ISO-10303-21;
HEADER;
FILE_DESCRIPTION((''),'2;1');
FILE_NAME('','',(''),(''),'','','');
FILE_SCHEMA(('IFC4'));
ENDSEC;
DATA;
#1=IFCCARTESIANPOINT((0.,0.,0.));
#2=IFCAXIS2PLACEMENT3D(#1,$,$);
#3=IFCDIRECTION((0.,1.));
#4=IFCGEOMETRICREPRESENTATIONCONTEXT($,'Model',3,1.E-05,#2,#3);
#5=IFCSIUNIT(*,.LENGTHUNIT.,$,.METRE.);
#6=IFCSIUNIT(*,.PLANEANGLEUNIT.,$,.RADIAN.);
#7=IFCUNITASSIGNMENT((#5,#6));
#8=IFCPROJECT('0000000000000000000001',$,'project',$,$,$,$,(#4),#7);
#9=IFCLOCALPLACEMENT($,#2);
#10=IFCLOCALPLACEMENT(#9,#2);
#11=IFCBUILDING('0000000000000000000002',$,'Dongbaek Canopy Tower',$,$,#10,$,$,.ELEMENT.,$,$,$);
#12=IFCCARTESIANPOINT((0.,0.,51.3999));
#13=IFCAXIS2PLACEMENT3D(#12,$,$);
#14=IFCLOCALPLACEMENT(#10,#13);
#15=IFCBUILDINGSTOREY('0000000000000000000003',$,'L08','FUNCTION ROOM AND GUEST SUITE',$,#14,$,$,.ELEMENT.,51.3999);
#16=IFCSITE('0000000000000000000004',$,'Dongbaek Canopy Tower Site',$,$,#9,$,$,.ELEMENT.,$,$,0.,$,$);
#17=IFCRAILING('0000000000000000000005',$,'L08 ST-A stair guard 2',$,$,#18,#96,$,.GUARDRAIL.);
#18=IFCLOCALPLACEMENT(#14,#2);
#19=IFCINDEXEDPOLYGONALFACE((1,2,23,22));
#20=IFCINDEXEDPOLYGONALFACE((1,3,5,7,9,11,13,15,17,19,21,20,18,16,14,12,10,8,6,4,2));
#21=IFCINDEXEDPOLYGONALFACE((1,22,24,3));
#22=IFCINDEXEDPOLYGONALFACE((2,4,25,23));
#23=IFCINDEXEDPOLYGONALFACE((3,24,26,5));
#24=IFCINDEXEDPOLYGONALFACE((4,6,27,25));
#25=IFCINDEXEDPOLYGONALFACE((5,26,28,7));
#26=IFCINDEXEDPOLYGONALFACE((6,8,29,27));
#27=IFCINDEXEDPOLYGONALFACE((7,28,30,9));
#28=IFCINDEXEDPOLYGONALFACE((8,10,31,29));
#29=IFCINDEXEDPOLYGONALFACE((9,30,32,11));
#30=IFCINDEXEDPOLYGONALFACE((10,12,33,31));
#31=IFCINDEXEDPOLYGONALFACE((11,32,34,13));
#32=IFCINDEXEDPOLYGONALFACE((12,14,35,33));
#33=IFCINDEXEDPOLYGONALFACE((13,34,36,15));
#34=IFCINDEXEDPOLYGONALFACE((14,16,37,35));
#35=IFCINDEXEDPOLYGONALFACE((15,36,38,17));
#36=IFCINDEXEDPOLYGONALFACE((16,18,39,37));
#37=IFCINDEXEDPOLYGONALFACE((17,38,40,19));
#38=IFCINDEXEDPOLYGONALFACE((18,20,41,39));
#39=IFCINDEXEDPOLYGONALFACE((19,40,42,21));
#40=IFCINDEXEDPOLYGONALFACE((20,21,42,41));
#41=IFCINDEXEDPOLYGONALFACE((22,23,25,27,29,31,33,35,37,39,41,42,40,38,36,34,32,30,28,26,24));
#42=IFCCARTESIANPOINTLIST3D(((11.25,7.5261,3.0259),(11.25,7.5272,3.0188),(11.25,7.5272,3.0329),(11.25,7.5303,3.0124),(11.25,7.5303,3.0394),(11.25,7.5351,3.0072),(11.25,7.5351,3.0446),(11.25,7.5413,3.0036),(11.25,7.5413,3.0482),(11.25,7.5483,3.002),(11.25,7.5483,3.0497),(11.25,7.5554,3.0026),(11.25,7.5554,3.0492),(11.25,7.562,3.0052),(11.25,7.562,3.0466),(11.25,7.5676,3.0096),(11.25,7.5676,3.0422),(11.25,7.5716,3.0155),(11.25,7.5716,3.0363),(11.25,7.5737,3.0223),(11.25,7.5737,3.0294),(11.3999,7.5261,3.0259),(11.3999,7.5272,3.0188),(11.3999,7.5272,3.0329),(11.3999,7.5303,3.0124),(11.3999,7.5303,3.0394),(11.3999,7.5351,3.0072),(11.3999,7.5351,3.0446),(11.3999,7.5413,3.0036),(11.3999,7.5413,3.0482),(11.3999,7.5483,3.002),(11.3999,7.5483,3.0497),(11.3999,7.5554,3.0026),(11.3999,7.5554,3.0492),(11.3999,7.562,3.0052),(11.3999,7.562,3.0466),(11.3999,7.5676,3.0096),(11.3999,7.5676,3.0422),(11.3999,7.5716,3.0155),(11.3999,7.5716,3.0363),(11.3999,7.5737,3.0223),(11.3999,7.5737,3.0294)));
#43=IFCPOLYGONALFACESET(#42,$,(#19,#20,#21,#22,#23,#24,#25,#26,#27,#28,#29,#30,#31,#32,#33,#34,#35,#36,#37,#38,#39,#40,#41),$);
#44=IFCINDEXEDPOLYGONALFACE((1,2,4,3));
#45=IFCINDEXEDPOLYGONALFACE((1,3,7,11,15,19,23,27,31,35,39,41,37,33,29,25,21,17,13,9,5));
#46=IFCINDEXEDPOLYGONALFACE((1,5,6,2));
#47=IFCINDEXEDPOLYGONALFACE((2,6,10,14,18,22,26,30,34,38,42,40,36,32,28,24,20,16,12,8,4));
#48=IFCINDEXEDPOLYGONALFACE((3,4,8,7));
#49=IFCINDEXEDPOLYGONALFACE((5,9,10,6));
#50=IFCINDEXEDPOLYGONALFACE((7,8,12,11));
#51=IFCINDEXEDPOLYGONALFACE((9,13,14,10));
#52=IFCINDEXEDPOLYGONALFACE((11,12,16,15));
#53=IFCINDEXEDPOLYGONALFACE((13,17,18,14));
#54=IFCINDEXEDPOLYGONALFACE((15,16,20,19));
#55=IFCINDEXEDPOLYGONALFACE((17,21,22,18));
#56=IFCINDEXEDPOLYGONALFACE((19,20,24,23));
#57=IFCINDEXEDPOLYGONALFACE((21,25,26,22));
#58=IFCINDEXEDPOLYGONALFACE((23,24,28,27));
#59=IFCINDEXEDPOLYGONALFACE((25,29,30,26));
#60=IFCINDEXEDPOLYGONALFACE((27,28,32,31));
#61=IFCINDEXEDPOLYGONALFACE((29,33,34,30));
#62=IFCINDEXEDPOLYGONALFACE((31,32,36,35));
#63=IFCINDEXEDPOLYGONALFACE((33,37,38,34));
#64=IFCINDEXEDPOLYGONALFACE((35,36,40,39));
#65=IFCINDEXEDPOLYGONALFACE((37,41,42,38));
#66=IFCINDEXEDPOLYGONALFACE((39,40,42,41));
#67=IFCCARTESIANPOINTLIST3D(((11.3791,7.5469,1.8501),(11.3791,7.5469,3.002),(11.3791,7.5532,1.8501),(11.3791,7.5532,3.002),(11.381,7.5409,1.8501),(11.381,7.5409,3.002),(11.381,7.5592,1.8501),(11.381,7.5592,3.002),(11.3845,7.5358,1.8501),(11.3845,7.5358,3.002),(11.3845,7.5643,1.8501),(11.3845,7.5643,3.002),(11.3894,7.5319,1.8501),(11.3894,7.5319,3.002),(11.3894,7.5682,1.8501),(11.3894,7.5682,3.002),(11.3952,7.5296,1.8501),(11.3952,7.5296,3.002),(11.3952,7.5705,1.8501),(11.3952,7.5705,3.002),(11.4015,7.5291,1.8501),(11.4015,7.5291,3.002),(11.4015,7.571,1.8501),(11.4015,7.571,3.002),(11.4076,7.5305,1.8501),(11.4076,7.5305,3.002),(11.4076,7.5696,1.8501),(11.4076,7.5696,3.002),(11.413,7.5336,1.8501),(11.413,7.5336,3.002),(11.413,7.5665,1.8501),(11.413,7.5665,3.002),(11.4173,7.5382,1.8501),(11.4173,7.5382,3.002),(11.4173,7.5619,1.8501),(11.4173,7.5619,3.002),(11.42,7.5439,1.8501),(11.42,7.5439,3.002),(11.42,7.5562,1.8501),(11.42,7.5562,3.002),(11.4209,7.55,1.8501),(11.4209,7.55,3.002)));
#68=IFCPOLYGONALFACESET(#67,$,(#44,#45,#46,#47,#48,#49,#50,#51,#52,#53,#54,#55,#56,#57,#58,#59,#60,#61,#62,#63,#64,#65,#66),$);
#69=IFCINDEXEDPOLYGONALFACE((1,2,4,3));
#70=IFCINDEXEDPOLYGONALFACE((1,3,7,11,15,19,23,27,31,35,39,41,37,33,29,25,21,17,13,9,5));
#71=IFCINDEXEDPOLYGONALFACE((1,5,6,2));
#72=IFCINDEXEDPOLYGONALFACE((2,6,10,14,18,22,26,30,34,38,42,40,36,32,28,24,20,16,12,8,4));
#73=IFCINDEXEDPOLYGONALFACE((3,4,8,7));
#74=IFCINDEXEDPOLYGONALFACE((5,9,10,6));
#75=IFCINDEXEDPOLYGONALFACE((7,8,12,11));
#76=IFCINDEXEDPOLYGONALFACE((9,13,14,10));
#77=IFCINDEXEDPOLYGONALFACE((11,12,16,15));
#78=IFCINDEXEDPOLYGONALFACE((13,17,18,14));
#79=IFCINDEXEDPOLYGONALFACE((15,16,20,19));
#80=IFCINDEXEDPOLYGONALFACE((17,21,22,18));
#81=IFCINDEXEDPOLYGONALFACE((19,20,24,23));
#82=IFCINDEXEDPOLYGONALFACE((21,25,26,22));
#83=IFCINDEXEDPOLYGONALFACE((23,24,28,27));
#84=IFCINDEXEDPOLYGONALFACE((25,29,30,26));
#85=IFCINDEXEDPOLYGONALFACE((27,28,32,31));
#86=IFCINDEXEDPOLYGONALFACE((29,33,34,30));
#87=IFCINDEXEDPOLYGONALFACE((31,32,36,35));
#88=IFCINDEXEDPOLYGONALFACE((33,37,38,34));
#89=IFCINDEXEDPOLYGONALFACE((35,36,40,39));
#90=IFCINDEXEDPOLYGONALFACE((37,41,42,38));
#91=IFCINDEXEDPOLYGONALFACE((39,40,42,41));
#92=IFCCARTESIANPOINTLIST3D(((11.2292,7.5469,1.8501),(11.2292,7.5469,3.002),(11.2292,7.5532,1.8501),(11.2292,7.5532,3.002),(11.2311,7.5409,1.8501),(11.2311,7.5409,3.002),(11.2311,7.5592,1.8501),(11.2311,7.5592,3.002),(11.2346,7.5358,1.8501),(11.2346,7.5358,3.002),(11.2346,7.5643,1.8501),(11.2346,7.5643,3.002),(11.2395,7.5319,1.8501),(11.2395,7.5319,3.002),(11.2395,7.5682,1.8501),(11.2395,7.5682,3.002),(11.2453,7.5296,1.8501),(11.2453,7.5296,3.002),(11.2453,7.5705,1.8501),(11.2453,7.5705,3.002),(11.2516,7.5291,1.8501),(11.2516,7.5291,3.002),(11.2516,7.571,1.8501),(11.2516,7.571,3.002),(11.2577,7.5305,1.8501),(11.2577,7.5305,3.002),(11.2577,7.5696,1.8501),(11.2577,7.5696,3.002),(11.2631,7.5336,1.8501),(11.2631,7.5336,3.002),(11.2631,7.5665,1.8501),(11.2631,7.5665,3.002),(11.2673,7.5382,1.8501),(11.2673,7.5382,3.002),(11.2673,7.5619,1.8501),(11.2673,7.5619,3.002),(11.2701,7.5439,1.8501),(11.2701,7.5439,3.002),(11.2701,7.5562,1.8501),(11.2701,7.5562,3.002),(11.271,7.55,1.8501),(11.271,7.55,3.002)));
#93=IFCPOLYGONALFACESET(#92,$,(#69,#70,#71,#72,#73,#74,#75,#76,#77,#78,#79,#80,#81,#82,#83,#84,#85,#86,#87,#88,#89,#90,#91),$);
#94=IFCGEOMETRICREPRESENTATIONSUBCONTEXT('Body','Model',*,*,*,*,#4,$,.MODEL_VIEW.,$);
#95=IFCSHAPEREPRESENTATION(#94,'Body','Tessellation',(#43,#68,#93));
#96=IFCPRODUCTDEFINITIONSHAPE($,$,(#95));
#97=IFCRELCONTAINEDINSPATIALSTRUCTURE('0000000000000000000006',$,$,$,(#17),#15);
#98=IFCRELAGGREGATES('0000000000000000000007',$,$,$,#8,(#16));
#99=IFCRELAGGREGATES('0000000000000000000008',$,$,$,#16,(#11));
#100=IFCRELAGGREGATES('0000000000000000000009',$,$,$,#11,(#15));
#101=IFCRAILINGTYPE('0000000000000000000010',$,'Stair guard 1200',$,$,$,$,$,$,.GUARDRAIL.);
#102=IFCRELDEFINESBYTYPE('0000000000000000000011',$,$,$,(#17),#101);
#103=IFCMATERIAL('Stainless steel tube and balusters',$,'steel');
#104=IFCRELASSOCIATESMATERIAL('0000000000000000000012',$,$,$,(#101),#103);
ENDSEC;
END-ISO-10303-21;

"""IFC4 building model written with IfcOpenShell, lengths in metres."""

from ifc_helpers import new_model, si_unit, direction, frame, origin, origin_2d, place, context, subcontext, project, spatial, circle, extrude, material, type_object, element, save


model = new_model("IFC4")

# Units and contexts
model_context = context("Model", 3, precision=1e-05, world=origin(), true_north=direction((0.0, 1.0)))
body_context = subcontext(model_context, "Body", "Model", "MODEL_VIEW")
ifc_project = project(units=[si_unit("LENGTHUNIT", "METRE"), si_unit("PLANEANGLEUNIT", "RADIAN")], contexts=[model_context])

# Site, building, storey
site_placement = place(None, origin())
site = spatial("IfcSite", under=ifc_project, at=site_placement, Name="Dongbaek Canopy Tower Site", CompositionType="ELEMENT", RefElevation=0.0)
building_placement = place(site_placement, origin())
building = spatial("IfcBuilding", under=site, at=building_placement, Name="Dongbaek Canopy Tower", CompositionType="ELEMENT")
storey_placement = place(building_placement, frame((0.0, 0.0, 51.3999)))
storey = spatial("IfcBuildingStorey", under=building, at=storey_placement, Name="L08", Description="FUNCTION ROOM AND GUEST SUITE", CompositionType="ELEMENT", Elevation=51.3999)

# Railing
ifc_material_1 = material(Name="Stainless steel tube and balusters", Category="steel")
railing_type_1 = type_object("IfcRailingType", Name="Stair guard 1200", PredefinedType="GUARDRAIL", material=ifc_material_1)
railing_1_placement = place(storey_placement, frame((11.3999, 7.55, 1.8501)))
element("IfcRailing", 1, at=railing_1_placement, inside=storey, type_object=railing_type_1, Name="L08 ST-A stair guard 2", PredefinedType="GUARDRAIL", context=body_context, shape_type="SweptSolid", body=[
    extrude(circle(Radius=0.0239, at=origin_2d()), frame((0.0, 0.0, 1.1758), z_axis=(-1.0, 0.0, 0.0), x_axis=(0.0, -1.0, 0.0)), (0.0, 0.0, 1.0), 0.1499),
    extrude(circle(Radius=0.021, at=origin_2d()), origin(), (0.0, 0.0, 1.0), 1.1519),
    extrude(circle(Radius=0.021, at=origin_2d()), frame((-0.1499, 0.0, 0.0)), (0.0, 0.0, 1.0), 1.1519),
])

save(model, "model.ifc")
